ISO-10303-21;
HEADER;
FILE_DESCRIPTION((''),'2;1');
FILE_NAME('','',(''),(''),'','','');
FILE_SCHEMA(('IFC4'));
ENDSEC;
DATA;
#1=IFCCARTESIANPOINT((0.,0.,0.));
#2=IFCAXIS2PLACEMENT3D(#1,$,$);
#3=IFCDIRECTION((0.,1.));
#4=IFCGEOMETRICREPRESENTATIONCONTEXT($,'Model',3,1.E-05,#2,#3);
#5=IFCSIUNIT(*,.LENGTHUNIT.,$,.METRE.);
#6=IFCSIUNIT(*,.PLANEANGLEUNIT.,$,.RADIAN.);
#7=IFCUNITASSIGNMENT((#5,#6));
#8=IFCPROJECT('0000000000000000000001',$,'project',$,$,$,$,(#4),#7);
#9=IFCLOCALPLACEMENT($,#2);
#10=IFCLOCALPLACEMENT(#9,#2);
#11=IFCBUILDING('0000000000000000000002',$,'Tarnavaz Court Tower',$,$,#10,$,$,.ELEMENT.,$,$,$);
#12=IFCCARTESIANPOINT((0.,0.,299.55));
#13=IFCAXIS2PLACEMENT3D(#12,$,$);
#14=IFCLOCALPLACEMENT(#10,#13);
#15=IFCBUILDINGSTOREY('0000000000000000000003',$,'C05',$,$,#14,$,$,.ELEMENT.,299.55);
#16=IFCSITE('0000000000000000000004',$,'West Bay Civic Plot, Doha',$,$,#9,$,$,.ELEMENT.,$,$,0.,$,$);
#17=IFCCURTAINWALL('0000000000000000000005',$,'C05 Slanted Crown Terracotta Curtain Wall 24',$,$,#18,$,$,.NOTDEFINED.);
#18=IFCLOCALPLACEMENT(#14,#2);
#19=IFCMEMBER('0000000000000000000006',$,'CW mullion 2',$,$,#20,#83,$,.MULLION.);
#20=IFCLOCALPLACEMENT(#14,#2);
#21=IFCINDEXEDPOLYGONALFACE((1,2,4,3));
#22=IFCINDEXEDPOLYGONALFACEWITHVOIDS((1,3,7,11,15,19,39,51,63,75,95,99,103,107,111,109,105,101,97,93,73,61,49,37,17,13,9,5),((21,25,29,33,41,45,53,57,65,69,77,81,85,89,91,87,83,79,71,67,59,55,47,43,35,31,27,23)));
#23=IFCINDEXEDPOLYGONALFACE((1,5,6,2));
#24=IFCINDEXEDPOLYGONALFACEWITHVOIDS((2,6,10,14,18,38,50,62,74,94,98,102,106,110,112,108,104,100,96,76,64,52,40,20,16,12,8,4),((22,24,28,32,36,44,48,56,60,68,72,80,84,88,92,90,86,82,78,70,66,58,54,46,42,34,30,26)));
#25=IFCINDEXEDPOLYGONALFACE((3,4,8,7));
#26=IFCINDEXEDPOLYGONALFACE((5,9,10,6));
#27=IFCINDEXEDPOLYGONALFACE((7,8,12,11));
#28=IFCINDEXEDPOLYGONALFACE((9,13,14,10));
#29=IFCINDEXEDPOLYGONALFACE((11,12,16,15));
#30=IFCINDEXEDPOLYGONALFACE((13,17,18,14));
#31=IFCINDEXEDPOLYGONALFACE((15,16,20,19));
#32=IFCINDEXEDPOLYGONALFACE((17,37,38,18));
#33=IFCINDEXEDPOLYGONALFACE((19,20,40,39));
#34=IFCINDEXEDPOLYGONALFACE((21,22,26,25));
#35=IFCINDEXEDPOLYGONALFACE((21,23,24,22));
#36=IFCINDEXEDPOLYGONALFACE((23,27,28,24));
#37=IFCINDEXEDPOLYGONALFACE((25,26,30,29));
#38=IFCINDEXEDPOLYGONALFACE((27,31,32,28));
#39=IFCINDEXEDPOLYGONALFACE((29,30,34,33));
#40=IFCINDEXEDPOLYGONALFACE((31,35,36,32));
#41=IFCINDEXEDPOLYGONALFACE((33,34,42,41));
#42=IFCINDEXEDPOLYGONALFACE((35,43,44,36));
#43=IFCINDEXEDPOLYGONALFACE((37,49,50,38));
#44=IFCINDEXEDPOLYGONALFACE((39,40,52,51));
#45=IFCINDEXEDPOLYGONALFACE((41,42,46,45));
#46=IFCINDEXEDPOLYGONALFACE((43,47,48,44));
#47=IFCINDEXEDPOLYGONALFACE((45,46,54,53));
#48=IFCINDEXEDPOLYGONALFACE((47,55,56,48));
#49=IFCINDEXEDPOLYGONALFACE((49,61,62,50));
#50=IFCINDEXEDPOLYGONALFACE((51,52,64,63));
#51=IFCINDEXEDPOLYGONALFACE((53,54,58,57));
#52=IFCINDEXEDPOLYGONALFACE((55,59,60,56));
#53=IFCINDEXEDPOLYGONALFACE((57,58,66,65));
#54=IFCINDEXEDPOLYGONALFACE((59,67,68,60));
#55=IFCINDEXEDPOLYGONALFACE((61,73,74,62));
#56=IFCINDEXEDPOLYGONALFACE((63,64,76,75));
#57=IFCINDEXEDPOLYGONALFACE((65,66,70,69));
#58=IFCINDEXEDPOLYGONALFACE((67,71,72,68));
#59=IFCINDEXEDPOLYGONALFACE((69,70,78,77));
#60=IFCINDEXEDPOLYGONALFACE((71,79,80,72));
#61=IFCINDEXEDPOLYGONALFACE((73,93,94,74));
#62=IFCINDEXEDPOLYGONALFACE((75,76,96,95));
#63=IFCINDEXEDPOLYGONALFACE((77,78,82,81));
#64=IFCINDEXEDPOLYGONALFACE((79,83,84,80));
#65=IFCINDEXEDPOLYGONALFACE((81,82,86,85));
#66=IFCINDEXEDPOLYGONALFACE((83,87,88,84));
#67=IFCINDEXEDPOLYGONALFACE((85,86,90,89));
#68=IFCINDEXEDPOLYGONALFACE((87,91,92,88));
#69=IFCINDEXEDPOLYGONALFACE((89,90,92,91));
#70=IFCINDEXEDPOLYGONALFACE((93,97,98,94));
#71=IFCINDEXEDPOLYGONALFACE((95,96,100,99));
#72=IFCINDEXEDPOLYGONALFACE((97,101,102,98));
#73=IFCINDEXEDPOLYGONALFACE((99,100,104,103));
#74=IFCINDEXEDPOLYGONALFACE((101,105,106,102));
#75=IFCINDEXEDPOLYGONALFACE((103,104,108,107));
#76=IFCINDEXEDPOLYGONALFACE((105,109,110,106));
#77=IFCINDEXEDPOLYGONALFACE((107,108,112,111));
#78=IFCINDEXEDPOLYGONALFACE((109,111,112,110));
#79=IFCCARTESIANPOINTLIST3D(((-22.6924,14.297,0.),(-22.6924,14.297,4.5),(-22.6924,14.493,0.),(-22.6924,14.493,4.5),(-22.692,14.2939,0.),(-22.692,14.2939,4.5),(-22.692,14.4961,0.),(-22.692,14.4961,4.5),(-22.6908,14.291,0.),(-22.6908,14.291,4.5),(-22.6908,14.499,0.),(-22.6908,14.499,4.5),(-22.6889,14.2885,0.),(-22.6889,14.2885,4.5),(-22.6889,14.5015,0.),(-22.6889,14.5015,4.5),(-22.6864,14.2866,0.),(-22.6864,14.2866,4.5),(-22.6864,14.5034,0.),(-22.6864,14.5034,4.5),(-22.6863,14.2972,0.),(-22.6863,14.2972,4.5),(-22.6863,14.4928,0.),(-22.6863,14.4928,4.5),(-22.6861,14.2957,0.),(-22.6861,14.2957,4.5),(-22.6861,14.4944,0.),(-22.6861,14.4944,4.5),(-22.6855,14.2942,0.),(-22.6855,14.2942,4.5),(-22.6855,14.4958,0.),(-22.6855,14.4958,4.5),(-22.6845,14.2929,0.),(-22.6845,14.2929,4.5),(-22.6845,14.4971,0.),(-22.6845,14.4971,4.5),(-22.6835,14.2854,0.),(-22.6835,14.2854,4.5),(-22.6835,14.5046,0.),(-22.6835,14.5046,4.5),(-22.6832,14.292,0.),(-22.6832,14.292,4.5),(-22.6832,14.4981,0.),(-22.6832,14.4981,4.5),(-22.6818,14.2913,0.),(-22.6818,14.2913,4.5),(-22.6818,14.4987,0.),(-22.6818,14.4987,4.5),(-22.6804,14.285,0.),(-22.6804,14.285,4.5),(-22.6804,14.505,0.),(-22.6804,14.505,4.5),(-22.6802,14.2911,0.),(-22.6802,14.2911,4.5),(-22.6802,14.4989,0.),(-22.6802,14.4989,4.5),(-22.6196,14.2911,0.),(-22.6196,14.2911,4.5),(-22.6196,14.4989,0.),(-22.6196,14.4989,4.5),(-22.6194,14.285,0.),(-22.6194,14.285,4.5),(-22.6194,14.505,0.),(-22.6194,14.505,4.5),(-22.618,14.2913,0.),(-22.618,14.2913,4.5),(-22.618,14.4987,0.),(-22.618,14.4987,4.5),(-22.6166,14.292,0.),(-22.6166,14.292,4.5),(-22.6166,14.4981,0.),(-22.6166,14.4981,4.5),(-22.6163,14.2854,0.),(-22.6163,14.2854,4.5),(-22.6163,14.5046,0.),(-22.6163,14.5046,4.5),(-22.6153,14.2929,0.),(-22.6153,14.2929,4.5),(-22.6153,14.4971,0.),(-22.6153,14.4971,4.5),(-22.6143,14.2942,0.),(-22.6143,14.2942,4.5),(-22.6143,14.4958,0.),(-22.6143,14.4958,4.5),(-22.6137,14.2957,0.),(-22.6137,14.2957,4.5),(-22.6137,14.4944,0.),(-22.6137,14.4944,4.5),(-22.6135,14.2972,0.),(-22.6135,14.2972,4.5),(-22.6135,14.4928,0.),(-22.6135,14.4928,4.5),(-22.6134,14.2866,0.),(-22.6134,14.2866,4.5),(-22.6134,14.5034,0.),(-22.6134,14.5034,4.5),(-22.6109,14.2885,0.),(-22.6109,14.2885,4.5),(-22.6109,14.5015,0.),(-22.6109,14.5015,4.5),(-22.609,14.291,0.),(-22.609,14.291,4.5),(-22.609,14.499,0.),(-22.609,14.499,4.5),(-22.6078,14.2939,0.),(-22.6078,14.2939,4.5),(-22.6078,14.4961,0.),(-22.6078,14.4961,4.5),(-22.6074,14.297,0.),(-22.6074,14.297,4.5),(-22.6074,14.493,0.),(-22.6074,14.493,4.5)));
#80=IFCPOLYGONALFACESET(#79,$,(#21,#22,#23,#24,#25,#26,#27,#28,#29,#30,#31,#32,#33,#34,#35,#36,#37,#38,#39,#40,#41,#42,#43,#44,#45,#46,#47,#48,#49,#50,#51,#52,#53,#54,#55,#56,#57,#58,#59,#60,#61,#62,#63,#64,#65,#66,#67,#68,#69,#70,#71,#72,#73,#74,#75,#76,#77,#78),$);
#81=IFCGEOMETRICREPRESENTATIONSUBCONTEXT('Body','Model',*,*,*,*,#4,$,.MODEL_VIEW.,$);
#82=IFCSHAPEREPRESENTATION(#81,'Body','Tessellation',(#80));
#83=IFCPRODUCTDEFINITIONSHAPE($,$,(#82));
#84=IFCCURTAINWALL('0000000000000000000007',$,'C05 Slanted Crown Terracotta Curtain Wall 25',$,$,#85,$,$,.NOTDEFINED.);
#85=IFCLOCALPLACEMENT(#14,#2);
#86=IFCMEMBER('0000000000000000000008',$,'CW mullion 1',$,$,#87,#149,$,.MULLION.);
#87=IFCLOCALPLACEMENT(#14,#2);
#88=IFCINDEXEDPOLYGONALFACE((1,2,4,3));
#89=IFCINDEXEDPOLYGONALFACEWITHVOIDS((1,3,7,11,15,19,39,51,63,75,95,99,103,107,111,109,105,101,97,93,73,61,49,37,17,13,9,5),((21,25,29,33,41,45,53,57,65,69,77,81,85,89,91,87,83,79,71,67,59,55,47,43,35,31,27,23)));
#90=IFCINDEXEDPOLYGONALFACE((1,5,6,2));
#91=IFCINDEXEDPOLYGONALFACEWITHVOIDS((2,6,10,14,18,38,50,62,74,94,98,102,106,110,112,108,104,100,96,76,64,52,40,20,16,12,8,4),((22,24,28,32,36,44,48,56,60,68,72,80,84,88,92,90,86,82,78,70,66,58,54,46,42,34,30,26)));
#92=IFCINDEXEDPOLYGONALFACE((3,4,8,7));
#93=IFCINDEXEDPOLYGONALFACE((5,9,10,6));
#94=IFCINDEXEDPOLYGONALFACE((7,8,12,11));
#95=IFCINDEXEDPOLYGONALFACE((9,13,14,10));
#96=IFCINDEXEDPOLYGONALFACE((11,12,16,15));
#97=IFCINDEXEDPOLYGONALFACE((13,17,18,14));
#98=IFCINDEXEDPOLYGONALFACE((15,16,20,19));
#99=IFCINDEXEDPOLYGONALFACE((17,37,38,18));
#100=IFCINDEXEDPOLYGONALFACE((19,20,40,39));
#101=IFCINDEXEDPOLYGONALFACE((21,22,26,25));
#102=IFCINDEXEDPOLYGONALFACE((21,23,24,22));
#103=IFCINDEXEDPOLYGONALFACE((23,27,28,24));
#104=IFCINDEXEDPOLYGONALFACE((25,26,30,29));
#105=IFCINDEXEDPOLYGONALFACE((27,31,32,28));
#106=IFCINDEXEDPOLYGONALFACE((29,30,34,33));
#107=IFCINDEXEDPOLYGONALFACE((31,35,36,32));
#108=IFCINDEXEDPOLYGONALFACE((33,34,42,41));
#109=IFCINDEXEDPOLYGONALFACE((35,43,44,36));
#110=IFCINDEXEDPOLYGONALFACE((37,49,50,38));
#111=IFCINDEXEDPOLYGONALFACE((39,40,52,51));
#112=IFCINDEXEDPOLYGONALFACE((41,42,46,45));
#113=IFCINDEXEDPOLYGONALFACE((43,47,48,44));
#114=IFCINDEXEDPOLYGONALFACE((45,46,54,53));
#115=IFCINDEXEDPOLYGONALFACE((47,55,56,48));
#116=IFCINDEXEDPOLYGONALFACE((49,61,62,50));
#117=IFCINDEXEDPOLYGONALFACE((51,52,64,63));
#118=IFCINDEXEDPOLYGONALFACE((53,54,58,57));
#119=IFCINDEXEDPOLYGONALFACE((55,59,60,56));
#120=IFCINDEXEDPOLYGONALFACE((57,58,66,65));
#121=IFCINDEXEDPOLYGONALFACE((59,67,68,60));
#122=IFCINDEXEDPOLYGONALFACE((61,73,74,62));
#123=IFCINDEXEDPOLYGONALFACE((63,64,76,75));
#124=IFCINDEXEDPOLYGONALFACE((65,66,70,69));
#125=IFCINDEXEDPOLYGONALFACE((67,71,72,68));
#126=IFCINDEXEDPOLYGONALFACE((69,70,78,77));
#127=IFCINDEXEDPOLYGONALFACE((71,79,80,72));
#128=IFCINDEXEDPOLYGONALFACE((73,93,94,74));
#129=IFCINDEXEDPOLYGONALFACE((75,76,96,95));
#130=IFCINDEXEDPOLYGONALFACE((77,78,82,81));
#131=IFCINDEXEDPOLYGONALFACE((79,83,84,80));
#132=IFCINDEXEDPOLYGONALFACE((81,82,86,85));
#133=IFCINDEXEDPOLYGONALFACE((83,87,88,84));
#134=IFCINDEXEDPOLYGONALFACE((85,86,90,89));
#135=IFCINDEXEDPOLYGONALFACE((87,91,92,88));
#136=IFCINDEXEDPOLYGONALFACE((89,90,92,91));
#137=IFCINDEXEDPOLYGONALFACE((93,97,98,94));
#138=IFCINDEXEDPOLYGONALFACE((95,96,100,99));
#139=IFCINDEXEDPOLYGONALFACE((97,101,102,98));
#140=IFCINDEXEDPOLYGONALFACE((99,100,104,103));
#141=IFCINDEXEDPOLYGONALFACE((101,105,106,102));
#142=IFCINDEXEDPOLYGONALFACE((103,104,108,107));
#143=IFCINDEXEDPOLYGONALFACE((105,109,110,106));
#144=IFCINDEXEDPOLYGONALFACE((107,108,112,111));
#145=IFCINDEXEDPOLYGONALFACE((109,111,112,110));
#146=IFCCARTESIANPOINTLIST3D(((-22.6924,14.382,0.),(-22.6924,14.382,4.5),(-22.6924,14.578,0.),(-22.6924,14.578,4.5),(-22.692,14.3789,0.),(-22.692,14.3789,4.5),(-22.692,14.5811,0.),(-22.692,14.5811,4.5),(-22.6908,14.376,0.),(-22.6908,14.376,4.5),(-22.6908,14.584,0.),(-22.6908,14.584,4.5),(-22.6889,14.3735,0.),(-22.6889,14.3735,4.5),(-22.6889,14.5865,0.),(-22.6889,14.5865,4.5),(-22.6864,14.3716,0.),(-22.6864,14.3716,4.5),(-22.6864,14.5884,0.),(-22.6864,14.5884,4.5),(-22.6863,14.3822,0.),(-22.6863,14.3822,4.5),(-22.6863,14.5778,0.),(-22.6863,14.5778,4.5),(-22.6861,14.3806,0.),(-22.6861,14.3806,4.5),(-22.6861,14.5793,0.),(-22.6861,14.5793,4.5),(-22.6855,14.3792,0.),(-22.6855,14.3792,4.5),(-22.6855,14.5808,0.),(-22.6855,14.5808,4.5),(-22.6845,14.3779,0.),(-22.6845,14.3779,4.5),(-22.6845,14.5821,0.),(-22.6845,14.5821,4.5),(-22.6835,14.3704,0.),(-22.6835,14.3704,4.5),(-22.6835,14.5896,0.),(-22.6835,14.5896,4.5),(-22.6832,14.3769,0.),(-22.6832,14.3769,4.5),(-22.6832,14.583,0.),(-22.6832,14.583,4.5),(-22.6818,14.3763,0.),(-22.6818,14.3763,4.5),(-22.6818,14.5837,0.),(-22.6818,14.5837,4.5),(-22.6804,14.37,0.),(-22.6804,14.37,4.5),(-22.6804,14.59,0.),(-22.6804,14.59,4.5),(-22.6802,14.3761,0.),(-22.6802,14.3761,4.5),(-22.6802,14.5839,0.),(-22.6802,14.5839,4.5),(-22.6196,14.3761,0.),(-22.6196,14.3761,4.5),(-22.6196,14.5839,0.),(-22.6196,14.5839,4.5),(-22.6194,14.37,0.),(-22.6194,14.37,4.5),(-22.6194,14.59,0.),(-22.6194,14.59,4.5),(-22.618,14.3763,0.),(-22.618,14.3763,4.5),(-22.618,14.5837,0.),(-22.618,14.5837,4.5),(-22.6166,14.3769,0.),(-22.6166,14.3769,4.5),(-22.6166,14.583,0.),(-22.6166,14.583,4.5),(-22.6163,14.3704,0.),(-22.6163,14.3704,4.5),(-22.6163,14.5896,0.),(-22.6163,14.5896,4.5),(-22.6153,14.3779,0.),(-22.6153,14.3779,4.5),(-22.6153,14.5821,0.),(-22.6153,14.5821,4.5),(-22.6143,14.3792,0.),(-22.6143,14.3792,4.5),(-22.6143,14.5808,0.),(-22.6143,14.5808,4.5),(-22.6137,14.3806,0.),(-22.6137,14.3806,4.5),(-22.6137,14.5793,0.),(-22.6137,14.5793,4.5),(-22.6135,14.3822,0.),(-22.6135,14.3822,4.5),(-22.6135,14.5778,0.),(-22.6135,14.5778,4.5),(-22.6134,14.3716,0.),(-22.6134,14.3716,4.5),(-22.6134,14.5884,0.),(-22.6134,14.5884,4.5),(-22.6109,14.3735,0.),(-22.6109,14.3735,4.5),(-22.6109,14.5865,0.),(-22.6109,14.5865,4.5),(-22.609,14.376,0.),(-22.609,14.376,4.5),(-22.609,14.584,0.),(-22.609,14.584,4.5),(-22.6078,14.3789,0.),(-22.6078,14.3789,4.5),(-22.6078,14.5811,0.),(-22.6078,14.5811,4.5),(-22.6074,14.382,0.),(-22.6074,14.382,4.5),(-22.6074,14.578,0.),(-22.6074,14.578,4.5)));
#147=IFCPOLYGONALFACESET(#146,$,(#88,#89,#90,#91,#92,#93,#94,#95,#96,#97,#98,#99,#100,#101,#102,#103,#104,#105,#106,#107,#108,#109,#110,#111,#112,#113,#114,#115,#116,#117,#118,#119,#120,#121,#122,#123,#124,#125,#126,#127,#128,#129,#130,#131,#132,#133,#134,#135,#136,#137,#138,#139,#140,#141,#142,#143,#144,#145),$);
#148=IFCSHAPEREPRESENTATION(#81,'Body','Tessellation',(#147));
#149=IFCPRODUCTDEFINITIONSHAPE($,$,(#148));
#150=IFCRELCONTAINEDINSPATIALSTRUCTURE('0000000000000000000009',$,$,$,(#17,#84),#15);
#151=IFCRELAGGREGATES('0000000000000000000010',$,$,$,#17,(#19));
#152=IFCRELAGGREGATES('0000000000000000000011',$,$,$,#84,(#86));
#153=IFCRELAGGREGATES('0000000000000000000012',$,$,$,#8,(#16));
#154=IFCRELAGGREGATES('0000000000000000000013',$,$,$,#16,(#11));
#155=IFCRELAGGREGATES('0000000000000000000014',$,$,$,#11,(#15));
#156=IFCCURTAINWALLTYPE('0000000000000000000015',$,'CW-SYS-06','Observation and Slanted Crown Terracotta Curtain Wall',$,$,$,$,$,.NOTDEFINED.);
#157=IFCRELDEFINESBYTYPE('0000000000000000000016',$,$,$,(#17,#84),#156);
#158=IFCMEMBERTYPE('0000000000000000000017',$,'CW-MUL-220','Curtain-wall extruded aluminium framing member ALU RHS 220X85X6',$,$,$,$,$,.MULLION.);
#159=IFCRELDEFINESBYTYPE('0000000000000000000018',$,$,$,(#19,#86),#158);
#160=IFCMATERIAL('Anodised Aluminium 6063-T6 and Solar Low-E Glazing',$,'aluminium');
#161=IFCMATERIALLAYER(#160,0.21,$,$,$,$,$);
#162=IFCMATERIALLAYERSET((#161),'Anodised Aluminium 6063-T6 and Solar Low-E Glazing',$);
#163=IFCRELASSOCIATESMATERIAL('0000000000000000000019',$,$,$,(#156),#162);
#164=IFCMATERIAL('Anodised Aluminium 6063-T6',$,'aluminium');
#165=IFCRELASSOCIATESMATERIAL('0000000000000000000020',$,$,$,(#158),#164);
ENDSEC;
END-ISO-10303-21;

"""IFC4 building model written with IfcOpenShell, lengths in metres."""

from ifc_helpers import new_model, si_unit, direction, frame, origin, origin_2d, place, context, subcontext, project, spatial, hollow_rectangle, extrude, material, layer, layer_set, material_profile, profile_set, type_object, element, aggregate, save


model = new_model("IFC4")

# Units and contexts
model_context = context("Model", 3, precision=1e-05, world=origin(), true_north=direction((0.0, 1.0)))
body_context = subcontext(model_context, "Body", "Model", "MODEL_VIEW")
ifc_project = project(units=[si_unit("LENGTHUNIT", "METRE"), si_unit("PLANEANGLEUNIT", "RADIAN")], contexts=[model_context])

# Site, building, storey
site_placement = place(None, origin())
site = spatial("IfcSite", under=ifc_project, at=site_placement, Name="West Bay Civic Plot, Doha", CompositionType="ELEMENT", RefElevation=0.0)
building_placement = place(site_placement, origin())
building = spatial("IfcBuilding", under=site, at=building_placement, Name="Tarnavaz Court Tower", CompositionType="ELEMENT")
storey_placement = place(building_placement, frame((0.0, 0.0, 299.55)))
storey = spatial("IfcBuildingStorey", under=building, at=storey_placement, Name="C05", CompositionType="ELEMENT", Elevation=299.55)

# Shared definitions
ifc_material_1 = material(Name="Anodised Aluminium 6063-T6 and Solar Low-E Glazing", Category="aluminium")
ifc_layer_1 = layer(ifc_material_1, 0.21)
ifc_layer_set_1 = layer_set([ifc_layer_1], Name="Anodised Aluminium 6063-T6 and Solar Low-E Glazing")
curtain_wall_type = type_object("IfcCurtainWallType", Name="CW-SYS-06", Description="Observation and Slanted Crown Terracotta Curtain Wall", PredefinedType="NOTDEFINED", material=ifc_layer_set_1)
ifc_material_2 = material(Name="Anodised Aluminium 6063-T6", Category="aluminium")
ifc_material_profile_1 = material_profile(ifc_material_2, hollow_rectangle(XDim=0.085, YDim=0.22, WallThickness=0.0061, InnerFilletRadius=0.0061, OuterFilletRadius=0.012, at=origin_2d()), Name="ALU RHS 220X85X6")
ifc_profile_set_1 = profile_set([ifc_material_profile_1], Name="Anodised Aluminium 6063-T6")
member_type_1 = type_object("IfcMemberType", Name="CW-MUL-220", Description="Curtain-wall extruded aluminium framing member ALU RHS 220X85X6", PredefinedType="MULLION", material=ifc_profile_set_1)

# Curtain walls, members
curtain_wall_1_placement = place(storey_placement, origin())
curtain_wall_1 = element("IfcCurtainWall", 1, at=curtain_wall_1_placement, inside=storey, type_object=curtain_wall_type, Name="C05 Slanted Crown Terracotta Curtain Wall 24", PredefinedType="NOTDEFINED")
member_1_placement = place(storey_placement, frame((-22.6499, 14.395, 0.0), z_axis=(0.0, 0.0, 1.0), x_axis=(-1.0, 0.0, 0.0)))
member_1 = element("IfcMember", 2, at=member_1_placement, type_object=member_type_1, Name="CW mullion 2", PredefinedType="MULLION", context=body_context, shape_type="SweptSolid", body=[
    extrude(hollow_rectangle(XDim=0.085, YDim=0.22, WallThickness=0.0061, InnerFilletRadius=0.0061, OuterFilletRadius=0.012, at=origin_2d()), origin(), (0.0, 0.0, 1.0), 4.5),
])
curtain_wall_2_placement = place(storey_placement, origin())
curtain_wall_2 = element("IfcCurtainWall", 3, at=curtain_wall_2_placement, inside=storey, type_object=curtain_wall_type, Name="C05 Slanted Crown Terracotta Curtain Wall 25", PredefinedType="NOTDEFINED")
member_2_placement = place(storey_placement, frame((-22.6499, 14.48, 0.0), z_axis=(0.0, 0.0, 1.0), x_axis=(-1.0, 0.0, 0.0)))
member_2 = element("IfcMember", 4, at=member_2_placement, type_object=member_type_1, Name="CW mullion 1", PredefinedType="MULLION", context=body_context, shape_type="SweptSolid", body=[
    extrude(hollow_rectangle(XDim=0.085, YDim=0.22, WallThickness=0.0061, InnerFilletRadius=0.0061, OuterFilletRadius=0.012, at=origin_2d()), origin(), (0.0, 0.0, 1.0), 4.5),
])

aggregate(curtain_wall_1, [member_1])
aggregate(curtain_wall_2, [member_2])

save(model, "model.ifc")
